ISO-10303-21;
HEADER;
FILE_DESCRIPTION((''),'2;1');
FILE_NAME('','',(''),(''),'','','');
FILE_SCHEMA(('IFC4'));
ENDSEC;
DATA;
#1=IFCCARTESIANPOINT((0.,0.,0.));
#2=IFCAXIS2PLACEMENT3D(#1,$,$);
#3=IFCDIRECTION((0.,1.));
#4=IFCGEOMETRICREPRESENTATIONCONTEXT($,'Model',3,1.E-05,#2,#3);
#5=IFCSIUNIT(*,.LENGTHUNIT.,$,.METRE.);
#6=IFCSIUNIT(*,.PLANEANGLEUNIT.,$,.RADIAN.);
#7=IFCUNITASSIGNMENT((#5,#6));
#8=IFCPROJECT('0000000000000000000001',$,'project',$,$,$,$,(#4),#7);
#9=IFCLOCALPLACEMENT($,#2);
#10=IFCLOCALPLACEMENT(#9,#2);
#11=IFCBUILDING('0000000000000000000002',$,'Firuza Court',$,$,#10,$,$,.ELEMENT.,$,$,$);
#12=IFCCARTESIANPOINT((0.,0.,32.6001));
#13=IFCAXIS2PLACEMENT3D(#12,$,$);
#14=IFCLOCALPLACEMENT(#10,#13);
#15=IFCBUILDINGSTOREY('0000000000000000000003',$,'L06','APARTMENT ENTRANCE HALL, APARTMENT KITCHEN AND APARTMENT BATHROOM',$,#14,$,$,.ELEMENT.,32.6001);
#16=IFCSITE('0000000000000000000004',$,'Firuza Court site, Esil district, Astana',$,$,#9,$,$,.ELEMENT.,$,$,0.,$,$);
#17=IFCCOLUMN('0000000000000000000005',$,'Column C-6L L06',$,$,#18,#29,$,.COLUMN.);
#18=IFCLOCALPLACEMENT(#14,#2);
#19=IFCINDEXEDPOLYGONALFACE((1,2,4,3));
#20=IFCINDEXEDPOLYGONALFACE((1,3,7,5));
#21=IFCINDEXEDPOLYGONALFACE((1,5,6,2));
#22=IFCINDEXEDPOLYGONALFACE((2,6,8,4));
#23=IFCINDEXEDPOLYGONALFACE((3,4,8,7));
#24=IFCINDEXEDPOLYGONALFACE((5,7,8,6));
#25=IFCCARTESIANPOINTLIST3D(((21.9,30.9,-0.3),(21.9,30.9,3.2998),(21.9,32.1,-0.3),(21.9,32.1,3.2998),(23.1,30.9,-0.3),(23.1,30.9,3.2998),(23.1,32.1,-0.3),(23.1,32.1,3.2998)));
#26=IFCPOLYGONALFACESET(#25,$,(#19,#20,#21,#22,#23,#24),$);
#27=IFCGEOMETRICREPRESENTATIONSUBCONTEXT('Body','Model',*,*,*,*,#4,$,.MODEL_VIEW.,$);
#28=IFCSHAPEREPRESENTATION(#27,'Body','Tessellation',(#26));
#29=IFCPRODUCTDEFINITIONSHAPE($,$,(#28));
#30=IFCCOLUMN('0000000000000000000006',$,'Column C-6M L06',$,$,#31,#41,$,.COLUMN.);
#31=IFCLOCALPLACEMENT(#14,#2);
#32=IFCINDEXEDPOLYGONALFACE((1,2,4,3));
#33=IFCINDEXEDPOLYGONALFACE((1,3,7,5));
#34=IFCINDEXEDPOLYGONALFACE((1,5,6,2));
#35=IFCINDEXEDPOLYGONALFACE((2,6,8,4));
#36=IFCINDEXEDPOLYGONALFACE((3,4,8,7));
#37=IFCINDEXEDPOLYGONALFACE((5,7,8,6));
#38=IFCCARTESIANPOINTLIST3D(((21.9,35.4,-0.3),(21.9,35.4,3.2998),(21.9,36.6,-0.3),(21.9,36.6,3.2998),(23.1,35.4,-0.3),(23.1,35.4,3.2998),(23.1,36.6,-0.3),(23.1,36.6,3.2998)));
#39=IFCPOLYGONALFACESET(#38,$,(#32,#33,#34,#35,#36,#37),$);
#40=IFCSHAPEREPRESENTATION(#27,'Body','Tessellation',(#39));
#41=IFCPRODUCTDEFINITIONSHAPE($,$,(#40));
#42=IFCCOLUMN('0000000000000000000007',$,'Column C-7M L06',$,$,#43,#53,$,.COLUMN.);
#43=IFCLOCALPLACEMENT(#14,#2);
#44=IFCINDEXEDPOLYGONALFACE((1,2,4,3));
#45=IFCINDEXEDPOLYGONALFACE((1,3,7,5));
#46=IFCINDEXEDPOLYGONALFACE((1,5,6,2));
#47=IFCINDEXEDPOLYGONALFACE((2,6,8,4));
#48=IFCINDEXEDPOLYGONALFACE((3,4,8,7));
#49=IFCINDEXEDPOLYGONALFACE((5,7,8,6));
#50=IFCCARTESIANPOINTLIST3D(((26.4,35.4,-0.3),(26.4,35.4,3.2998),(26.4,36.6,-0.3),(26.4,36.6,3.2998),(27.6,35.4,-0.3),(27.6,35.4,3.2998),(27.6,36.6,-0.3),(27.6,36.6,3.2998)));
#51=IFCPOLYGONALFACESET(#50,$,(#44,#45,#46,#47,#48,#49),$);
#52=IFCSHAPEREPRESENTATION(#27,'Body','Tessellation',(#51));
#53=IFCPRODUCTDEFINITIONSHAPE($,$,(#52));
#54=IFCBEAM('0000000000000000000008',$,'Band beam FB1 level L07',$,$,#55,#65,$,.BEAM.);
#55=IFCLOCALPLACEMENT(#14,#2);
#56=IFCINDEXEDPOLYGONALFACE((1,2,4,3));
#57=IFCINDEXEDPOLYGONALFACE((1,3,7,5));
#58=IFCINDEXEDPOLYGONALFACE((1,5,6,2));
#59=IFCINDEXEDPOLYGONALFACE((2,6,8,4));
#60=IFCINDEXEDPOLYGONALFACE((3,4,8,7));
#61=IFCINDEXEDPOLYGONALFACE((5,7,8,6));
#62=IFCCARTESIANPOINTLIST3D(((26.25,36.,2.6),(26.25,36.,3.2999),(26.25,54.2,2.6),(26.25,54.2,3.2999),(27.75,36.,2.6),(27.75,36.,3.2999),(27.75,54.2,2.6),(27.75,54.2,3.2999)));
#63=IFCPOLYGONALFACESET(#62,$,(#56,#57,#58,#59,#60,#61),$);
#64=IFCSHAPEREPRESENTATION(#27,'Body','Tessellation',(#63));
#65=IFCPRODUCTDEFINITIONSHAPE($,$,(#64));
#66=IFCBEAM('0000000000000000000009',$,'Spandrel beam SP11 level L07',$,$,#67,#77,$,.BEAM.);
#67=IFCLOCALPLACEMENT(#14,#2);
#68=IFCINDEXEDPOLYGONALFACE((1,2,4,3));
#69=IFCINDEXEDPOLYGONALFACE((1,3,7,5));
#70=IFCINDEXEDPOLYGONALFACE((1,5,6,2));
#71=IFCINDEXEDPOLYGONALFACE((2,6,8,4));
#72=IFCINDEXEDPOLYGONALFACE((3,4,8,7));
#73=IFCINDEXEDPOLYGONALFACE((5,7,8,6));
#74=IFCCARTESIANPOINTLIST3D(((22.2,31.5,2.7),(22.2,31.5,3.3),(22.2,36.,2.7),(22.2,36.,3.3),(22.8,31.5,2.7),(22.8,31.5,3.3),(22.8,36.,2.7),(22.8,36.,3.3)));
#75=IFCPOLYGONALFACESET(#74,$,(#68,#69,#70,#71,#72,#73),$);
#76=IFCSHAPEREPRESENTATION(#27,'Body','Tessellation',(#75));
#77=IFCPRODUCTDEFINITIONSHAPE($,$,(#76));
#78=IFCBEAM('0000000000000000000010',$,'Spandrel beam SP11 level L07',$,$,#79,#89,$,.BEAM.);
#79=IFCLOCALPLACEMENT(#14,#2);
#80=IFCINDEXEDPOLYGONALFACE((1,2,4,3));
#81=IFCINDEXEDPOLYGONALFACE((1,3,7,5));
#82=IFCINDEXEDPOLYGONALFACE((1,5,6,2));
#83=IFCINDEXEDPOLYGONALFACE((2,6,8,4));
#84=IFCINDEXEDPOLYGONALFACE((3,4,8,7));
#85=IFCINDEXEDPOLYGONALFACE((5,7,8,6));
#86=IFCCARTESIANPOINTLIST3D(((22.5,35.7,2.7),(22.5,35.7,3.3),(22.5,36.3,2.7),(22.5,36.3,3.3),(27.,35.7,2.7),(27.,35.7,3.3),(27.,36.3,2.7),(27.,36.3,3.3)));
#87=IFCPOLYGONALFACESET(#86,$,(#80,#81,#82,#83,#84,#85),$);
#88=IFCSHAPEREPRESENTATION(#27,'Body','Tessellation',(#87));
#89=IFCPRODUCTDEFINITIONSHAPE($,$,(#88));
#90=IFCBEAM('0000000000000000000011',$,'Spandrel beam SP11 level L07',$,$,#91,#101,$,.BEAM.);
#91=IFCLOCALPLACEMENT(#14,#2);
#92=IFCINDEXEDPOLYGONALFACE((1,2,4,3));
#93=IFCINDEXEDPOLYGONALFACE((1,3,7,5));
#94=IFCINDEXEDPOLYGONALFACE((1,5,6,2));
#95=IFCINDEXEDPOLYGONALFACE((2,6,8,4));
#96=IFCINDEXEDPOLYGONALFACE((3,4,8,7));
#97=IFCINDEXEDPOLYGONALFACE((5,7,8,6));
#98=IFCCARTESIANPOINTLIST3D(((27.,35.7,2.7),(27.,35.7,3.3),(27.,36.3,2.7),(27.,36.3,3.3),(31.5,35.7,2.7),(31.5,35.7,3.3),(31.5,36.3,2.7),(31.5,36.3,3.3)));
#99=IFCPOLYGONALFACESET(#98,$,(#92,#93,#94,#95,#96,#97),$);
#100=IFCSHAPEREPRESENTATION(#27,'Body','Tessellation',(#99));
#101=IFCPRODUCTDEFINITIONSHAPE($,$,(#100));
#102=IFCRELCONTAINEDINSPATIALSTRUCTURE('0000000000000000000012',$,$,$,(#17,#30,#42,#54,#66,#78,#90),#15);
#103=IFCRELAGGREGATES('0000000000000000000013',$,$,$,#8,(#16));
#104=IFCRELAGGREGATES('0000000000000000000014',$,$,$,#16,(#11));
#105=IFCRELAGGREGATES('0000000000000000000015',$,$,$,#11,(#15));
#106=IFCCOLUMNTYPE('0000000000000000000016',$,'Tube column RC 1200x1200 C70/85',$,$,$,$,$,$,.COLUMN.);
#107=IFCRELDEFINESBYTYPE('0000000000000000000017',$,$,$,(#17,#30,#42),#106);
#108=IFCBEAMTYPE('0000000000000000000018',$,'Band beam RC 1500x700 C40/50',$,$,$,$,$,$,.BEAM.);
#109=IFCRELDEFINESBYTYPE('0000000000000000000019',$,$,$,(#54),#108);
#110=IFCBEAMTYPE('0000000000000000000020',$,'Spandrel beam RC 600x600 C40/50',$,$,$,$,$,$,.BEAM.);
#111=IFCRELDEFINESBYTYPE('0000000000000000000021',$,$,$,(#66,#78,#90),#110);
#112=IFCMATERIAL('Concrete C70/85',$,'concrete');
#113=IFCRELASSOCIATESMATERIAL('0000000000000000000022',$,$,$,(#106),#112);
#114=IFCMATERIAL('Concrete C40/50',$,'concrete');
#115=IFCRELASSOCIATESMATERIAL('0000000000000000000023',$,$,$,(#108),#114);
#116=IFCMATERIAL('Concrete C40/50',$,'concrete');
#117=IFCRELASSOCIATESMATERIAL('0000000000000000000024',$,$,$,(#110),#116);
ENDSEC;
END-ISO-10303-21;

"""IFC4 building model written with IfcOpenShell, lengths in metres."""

from ifc_helpers import new_model, si_unit, direction, frame, origin, origin_2d, place, context, subcontext, project, spatial, rectangle, extrude, material, material_profile, profile_set, type_object, element, save


model = new_model("IFC4")

# Units and contexts
model_context = context("Model", 3, precision=1e-05, world=origin(), true_north=direction((0.0, 1.0)))
body_context = subcontext(model_context, "Body", "Model", "MODEL_VIEW")
ifc_project = project(units=[si_unit("LENGTHUNIT", "METRE"), si_unit("PLANEANGLEUNIT", "RADIAN")], contexts=[model_context])

# Site, building, storey
site_placement = place(None, origin())
site = spatial("IfcSite", under=ifc_project, at=site_placement, Name="Firuza Court site, Esil district, Astana", CompositionType="ELEMENT", RefElevation=0.0)
building_placement = place(site_placement, origin())
building = spatial("IfcBuilding", under=site, at=building_placement, Name="Firuza Court", CompositionType="ELEMENT")
storey_placement = place(building_placement, frame((0.0, 0.0, 32.6001)))
storey = spatial("IfcBuildingStorey", under=building, at=storey_placement, Name="L06", Description="APARTMENT ENTRANCE HALL, APARTMENT KITCHEN AND APARTMENT BATHROOM", CompositionType="ELEMENT", Elevation=32.6001)

# Columns
ifc_material_1 = material(Name="Concrete C70/85", Category="concrete")
ifc_material_profile_1 = material_profile(ifc_material_1, rectangle(XDim=1.2, YDim=1.2, at=origin_2d()), Name="RC 1200x1200")
ifc_profile_set_1 = profile_set([ifc_material_profile_1], Name="Concrete C70/85")
column_type = type_object("IfcColumnType", Name="Tube column RC 1200x1200 C70/85", PredefinedType="COLUMN", material=ifc_profile_set_1)
for number, where, z_axis, x_axis, name in (
    (1, (22.5, 31.5, -0.3), (0.0, 0.0, 1.0), (1.0, 0.0, 0.0), "Column C-6L L06"),
    (2, (22.5, 36.0, -0.3), (0.0, 0.0, 1.0), (1.0, 0.0, 0.0), "Column C-6M L06"),
    (3, (27.0, 36.0, -0.3), (0.0, 0.0, 1.0), (1.0, 0.0, 0.0), "Column C-7M L06"),
):
    element("IfcColumn", number, at=place(storey_placement, frame(where, z_axis=z_axis, x_axis=x_axis)), inside=storey, type_object=column_type, Name=name, PredefinedType="COLUMN", context=body_context, shape_type="SweptSolid", body=[
        extrude(rectangle(XDim=1.2, YDim=1.2, at=origin_2d()), origin(), (0.0, 0.0, 1.0), 3.5999),
    ])

# Beams
ifc_material_2 = material(Name="Concrete C40/50", Category="concrete")
ifc_material_profile_2 = material_profile(ifc_material_2, rectangle(XDim=1.5, YDim=0.7, at=origin_2d()), Name="RC 1500x700")
ifc_profile_set_2 = profile_set([ifc_material_profile_2], Name="Concrete C40/50")
beam_type_1 = type_object("IfcBeamType", Name="Band beam RC 1500x700 C40/50", PredefinedType="BEAM", material=ifc_profile_set_2)
beam_placement = place(storey_placement, frame((27.0, 36.0, 2.95), z_axis=(0.0, 1.0, 0.0), x_axis=(-1.0, 0.0, 0.0)))
element("IfcBeam", 4, at=beam_placement, inside=storey, type_object=beam_type_1, Name="Band beam FB1 level L07", PredefinedType="BEAM", context=body_context, shape_type="SweptSolid", body=[
    extrude(rectangle(XDim=1.5, YDim=0.7, at=origin_2d()), origin(), (0.0, 0.0, 1.0), 18.2),
])
ifc_material_3 = material(Name="Concrete C40/50", Category="concrete")
ifc_material_profile_3 = material_profile(ifc_material_3, rectangle(XDim=0.6001, YDim=0.6001, at=origin_2d()), Name="RC 600x600")
ifc_profile_set_3 = profile_set([ifc_material_profile_3], Name="Concrete C40/50")
beam_type_2 = type_object("IfcBeamType", Name="Spandrel beam RC 600x600 C40/50", PredefinedType="BEAM", material=ifc_profile_set_3)
for number, where, z_axis, x_axis, name in (
    (5, (22.5, 31.5, 3.0), (0.0, 1.0, 0.0), (-1.0, 0.0, 0.0), "Spandrel beam SP11 level L07"),
    (6, (22.5, 36.0, 3.0), (1.0, 0.0, 0.0), (0.0, 1.0, 0.0), "Spandrel beam SP11 level L07"),
    (7, (27.0, 36.0, 3.0), (1.0, 0.0, 0.0), (0.0, 1.0, 0.0), "Spandrel beam SP11 level L07"),
):
    element("IfcBeam", number, at=place(storey_placement, frame(where, z_axis=z_axis, x_axis=x_axis)), inside=storey, type_object=beam_type_2, Name=name, PredefinedType="BEAM", context=body_context, shape_type="SweptSolid", body=[
        extrude(rectangle(XDim=0.6001, YDim=0.6001, at=origin_2d()), origin(), (0.0, 0.0, 1.0), 4.5),
    ])

save(model, "model.ifc")
